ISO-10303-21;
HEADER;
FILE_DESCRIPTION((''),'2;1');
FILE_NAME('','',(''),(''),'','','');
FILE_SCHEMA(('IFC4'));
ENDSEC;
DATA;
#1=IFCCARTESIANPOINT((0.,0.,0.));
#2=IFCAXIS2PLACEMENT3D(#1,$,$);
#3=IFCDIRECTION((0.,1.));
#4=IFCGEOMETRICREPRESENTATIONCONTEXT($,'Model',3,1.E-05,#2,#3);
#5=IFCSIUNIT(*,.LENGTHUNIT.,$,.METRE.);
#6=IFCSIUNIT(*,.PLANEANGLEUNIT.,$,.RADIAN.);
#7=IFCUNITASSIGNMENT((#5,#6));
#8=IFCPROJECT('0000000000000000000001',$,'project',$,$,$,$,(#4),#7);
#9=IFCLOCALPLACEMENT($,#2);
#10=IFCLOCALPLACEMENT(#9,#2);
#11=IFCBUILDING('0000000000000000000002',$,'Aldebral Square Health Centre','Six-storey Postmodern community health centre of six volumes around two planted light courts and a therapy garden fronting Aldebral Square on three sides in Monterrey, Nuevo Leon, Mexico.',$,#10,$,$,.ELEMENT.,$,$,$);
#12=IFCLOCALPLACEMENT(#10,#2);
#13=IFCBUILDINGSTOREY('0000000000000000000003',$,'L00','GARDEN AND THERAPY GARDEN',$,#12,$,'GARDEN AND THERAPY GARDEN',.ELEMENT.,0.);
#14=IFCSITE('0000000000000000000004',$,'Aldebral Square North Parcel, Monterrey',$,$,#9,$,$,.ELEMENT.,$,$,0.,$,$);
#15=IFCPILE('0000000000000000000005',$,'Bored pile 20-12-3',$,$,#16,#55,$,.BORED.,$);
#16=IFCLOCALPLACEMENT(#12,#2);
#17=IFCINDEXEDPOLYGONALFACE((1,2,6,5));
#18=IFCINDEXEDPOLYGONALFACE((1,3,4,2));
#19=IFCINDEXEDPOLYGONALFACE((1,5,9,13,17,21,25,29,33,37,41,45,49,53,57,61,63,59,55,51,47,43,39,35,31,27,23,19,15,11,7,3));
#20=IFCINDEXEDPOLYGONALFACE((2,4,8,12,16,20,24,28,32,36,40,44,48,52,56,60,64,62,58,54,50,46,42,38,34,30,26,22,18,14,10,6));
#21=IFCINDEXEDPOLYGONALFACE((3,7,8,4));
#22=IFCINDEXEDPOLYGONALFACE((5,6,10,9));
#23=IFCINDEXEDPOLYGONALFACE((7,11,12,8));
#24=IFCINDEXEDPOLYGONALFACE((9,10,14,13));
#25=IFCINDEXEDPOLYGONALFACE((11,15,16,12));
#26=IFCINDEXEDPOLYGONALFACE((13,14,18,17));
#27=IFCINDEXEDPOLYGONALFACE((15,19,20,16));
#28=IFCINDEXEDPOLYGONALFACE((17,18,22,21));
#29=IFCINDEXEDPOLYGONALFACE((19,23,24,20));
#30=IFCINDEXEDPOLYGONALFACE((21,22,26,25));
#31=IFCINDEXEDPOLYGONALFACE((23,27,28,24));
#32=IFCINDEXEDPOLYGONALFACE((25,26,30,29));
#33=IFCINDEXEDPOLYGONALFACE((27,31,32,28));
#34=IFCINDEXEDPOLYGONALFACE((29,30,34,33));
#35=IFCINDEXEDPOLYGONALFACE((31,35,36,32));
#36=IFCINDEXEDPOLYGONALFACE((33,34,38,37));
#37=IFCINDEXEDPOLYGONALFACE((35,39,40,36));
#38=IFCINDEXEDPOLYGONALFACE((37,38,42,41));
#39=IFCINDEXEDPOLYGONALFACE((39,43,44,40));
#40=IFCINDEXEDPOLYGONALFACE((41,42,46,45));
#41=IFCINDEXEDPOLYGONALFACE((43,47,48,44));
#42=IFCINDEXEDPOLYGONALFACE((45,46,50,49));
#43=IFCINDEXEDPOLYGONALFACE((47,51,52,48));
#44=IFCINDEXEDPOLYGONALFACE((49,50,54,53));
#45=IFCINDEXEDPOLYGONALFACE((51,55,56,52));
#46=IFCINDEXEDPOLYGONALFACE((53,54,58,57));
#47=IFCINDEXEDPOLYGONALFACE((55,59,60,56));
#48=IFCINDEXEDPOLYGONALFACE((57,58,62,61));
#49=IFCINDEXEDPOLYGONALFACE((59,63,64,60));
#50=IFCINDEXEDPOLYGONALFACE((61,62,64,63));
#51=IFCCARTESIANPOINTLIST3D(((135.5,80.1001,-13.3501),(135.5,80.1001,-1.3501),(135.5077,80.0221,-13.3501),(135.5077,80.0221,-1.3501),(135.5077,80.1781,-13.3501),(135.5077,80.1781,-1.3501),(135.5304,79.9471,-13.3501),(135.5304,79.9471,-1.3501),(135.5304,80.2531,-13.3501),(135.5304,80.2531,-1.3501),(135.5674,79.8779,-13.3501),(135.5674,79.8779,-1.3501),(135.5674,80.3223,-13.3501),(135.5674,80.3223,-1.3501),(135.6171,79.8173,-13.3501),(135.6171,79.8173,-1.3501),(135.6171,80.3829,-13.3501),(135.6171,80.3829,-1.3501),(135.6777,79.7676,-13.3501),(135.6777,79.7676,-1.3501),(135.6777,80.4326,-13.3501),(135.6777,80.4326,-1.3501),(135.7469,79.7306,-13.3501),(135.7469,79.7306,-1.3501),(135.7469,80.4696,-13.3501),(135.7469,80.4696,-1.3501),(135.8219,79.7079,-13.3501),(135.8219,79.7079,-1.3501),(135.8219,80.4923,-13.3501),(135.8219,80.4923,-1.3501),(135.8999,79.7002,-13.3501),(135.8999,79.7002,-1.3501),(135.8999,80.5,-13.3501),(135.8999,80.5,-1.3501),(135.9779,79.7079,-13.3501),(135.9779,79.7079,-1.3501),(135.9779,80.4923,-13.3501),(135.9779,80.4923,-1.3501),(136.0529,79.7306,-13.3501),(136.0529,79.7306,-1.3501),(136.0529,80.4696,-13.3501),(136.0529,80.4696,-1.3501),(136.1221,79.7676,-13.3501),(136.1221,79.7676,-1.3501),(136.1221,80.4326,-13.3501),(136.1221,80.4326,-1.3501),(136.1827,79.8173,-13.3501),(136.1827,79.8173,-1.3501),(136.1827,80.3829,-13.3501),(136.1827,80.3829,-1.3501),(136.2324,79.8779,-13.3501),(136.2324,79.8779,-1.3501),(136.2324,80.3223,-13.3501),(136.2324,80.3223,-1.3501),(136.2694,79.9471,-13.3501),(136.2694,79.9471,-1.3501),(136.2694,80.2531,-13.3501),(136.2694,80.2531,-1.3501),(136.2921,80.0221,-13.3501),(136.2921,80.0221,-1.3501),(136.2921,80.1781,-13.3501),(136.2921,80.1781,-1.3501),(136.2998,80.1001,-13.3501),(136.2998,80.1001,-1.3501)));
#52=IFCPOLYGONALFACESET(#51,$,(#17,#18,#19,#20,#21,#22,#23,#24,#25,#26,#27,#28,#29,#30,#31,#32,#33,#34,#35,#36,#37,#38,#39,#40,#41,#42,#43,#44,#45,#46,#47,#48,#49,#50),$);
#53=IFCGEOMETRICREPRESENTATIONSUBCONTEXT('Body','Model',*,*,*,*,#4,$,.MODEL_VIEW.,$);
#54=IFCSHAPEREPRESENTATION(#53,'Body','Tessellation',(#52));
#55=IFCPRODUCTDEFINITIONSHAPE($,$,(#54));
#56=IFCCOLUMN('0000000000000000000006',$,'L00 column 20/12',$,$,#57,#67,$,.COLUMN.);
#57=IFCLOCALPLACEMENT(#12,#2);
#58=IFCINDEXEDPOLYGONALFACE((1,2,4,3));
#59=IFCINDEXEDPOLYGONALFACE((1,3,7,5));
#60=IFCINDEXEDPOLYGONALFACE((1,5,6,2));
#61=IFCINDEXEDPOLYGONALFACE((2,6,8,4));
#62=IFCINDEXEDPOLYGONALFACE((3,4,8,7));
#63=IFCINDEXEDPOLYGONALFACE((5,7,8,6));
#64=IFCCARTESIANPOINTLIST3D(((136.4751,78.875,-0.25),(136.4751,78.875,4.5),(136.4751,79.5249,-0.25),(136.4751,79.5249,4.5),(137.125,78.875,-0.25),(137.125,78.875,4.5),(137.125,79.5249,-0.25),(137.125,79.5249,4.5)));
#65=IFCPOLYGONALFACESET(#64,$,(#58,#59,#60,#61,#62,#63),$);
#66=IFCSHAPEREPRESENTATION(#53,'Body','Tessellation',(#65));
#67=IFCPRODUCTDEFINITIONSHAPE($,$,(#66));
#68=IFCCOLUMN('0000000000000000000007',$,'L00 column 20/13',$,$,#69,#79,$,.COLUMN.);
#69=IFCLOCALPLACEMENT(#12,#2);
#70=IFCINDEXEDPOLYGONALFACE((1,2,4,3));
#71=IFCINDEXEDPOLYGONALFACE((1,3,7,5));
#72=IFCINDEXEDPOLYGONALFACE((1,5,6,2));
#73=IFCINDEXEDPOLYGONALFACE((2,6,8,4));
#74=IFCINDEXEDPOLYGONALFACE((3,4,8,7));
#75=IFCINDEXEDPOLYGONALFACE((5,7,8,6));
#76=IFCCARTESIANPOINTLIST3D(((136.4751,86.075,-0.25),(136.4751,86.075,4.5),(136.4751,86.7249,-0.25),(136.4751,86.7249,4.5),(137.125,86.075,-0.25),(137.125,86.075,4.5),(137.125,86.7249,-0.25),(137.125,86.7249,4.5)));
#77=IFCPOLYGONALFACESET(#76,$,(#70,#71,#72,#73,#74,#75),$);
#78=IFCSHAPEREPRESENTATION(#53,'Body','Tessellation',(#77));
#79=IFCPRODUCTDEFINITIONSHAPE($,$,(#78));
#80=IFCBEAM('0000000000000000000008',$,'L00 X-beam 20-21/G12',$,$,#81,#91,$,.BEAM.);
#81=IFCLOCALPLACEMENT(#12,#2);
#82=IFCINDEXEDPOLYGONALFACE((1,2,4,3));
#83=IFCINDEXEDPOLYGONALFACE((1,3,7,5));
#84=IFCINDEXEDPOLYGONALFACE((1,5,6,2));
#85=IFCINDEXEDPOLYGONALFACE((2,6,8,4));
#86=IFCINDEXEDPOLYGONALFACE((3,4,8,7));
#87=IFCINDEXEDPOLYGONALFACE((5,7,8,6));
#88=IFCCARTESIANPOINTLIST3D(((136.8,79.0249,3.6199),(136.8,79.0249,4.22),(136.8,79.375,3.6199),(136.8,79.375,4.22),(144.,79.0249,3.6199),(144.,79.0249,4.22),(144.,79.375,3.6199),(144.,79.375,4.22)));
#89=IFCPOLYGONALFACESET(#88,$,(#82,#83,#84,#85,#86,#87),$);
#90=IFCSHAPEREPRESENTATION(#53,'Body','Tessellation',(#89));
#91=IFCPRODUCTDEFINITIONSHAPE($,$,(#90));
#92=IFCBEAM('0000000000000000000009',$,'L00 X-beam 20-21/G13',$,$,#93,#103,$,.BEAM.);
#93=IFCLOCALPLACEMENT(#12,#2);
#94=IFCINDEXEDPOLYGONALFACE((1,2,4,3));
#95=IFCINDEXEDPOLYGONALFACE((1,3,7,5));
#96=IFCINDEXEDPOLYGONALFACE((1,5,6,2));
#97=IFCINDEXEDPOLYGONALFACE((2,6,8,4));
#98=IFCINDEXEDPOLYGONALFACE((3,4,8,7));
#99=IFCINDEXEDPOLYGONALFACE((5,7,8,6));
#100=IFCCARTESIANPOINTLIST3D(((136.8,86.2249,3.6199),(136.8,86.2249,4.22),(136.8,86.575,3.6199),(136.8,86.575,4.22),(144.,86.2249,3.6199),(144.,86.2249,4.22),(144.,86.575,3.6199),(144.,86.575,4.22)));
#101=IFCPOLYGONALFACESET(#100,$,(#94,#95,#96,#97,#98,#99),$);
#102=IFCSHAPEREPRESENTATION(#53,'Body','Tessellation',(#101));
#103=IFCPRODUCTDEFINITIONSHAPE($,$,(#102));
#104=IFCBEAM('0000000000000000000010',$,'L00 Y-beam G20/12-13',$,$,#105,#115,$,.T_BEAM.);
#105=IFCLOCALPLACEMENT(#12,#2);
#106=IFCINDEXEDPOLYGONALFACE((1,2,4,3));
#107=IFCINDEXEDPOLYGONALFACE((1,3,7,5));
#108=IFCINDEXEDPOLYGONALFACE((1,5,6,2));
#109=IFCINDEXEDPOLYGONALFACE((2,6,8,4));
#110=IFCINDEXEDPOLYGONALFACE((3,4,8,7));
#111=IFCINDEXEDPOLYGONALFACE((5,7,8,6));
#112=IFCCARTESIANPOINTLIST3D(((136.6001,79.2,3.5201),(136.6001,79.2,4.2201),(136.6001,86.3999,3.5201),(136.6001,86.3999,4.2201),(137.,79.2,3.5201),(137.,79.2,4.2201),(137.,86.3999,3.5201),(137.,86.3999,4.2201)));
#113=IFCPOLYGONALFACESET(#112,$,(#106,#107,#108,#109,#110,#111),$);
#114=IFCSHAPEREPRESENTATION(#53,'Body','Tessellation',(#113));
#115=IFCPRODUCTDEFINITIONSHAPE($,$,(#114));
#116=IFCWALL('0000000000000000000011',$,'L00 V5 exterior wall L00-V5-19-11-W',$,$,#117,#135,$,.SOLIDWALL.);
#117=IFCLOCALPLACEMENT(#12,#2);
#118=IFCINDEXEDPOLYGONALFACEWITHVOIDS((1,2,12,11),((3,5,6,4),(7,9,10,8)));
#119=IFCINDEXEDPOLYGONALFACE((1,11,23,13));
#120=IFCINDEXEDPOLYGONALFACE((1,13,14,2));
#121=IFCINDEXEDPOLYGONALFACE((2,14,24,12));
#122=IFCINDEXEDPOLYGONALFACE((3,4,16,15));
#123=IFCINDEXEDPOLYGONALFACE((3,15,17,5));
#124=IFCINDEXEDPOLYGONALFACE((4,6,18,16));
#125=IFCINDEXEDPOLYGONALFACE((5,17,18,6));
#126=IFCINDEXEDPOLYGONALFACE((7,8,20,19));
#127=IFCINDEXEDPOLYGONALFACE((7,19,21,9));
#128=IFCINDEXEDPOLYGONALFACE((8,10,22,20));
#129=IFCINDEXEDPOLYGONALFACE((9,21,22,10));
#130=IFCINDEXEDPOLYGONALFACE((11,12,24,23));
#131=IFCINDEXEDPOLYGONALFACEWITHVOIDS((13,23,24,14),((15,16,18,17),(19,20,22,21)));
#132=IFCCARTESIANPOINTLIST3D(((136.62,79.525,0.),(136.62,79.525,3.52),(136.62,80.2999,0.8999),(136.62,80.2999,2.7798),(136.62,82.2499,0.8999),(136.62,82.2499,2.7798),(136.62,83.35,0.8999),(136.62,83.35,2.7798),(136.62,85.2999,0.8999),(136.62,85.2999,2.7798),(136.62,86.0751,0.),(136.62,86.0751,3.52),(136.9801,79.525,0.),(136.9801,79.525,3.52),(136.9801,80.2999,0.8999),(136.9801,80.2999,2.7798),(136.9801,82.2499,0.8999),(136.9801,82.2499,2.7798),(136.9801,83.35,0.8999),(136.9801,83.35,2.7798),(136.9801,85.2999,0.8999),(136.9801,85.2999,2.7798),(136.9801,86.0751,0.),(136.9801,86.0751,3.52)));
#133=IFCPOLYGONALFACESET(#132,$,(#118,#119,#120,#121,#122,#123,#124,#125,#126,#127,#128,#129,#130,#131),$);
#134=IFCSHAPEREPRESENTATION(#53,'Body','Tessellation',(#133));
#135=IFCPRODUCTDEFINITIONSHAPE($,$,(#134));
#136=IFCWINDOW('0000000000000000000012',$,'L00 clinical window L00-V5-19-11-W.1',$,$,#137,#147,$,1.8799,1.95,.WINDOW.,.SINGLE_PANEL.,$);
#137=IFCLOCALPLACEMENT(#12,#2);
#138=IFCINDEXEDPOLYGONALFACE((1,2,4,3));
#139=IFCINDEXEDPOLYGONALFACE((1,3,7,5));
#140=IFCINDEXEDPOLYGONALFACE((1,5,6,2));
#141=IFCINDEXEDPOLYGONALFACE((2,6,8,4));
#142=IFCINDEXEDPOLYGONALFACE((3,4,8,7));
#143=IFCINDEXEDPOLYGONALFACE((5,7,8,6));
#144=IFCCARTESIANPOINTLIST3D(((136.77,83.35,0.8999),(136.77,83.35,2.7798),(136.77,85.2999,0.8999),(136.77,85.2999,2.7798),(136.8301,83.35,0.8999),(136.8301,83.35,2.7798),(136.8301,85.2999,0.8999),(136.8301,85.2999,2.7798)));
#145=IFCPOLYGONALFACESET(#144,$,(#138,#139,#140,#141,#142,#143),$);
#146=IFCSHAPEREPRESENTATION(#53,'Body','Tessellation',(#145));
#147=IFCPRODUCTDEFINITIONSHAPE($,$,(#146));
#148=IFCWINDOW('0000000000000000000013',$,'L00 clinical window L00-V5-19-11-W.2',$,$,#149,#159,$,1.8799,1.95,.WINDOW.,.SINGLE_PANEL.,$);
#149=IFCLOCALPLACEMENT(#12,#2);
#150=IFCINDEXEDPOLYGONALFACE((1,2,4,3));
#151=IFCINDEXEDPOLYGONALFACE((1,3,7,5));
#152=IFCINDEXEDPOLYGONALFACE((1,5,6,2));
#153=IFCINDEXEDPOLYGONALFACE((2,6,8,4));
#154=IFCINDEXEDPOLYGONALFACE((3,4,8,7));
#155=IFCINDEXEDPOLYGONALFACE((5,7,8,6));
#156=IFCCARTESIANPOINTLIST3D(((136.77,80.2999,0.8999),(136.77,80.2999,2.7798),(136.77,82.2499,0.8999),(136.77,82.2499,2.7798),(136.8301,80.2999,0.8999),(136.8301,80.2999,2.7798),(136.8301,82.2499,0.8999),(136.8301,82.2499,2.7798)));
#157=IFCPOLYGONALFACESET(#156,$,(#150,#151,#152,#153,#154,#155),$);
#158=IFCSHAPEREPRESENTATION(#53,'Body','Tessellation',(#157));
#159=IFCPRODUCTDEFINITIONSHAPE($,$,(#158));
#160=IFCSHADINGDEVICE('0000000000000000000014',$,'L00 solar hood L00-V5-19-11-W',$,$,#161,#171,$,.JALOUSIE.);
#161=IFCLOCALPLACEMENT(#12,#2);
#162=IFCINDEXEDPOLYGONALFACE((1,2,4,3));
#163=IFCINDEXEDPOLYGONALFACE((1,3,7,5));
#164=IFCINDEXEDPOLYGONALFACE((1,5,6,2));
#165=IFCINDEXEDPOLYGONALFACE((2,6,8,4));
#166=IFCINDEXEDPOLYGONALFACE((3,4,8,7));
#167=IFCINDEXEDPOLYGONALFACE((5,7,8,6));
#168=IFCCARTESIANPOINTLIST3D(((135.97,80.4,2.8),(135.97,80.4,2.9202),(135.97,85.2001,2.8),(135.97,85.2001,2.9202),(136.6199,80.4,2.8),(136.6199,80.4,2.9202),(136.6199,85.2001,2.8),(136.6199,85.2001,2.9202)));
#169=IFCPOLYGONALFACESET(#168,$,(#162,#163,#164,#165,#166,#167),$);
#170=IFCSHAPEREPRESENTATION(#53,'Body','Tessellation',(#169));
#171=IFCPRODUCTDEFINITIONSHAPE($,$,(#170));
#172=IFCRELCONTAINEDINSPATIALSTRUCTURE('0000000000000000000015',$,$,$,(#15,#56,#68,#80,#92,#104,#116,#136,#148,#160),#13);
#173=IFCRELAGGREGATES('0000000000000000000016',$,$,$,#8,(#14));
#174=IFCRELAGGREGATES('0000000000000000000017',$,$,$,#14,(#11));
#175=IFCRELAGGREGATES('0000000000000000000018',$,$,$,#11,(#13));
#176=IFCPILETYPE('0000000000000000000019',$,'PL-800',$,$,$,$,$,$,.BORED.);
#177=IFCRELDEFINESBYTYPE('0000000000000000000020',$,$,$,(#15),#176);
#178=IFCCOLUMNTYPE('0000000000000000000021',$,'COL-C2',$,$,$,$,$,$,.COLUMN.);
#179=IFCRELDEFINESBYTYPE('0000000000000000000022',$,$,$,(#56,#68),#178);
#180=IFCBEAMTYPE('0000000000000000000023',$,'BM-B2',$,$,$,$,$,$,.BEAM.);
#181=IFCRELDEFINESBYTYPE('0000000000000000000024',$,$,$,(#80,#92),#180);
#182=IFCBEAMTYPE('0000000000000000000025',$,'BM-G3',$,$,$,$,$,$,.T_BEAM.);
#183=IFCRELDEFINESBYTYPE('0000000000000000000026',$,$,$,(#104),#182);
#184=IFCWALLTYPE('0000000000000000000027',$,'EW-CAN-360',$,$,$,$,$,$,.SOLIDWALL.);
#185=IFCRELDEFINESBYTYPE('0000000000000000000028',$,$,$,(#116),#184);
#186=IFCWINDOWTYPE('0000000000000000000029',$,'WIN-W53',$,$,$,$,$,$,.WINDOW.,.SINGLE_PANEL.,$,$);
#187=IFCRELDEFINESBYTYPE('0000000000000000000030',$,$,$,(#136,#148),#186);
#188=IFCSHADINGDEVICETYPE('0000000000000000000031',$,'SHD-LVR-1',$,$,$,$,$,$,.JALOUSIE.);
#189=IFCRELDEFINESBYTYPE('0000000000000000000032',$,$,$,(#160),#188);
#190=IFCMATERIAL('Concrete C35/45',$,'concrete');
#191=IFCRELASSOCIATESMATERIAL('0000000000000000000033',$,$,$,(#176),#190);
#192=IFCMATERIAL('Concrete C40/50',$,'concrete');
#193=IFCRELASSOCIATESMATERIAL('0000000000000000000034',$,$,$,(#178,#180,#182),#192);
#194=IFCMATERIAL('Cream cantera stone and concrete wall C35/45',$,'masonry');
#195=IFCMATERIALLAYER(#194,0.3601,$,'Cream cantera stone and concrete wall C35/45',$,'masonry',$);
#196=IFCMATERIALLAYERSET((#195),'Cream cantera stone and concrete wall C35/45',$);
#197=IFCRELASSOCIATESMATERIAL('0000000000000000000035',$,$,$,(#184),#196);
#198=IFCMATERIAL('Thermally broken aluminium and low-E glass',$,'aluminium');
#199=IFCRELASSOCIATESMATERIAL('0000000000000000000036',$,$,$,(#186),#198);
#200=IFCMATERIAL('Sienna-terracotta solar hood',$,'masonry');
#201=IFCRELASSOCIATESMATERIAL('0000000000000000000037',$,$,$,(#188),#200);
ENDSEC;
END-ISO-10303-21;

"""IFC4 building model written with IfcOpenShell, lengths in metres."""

from ifc_helpers import new_model, si_unit, direction, frame, frame_2d, origin, origin_2d, place, context, subcontext, project, spatial, rectangle, circle, extrude, material, layer, layer_set, material_profile, profile_set, type_object, element, fill, save


model = new_model("IFC4")

# Units and contexts
model_context = context("Model", 3, precision=1e-05, world=origin(), true_north=direction((0.0, 1.0)))
body_context = subcontext(model_context, "Body", "Model", "MODEL_VIEW")
ifc_project = project(units=[si_unit("LENGTHUNIT", "METRE"), si_unit("PLANEANGLEUNIT", "RADIAN")], contexts=[model_context])

# Site, building, storey
site_placement = place(None, origin())
site = spatial("IfcSite", under=ifc_project, at=site_placement, Name="Aldebral Square North Parcel, Monterrey", CompositionType="ELEMENT", RefElevation=0.0)
building_placement = place(site_placement, origin())
building = spatial("IfcBuilding", under=site, at=building_placement, Name="Aldebral Square Health Centre", Description="Six-storey Postmodern community health centre of six volumes around two planted light courts and a therapy garden fronting Aldebral Square on three sides in Monterrey, Nuevo Leon, Mexico.", CompositionType="ELEMENT")
storey_placement = place(building_placement, origin())
storey = spatial("IfcBuildingStorey", under=building, at=storey_placement, Name="L00", Description="GARDEN AND THERAPY GARDEN", LongName="GARDEN AND THERAPY GARDEN", CompositionType="ELEMENT", Elevation=0.0)

# Shared definitions
ifc_material_1 = material(Name="Concrete C35/45", Category="concrete")

# Pile
ifc_material_profile_1 = material_profile(ifc_material_1, circle(Radius=0.3999, at=origin_2d()), Name="PILE D800")
ifc_profile_set_1 = profile_set([ifc_material_profile_1], Name="Concrete C35/45")
pile_type_1 = type_object("IfcPileType", Name="PL-800", PredefinedType="BORED", material=ifc_profile_set_1)
pile_1_placement = place(storey_placement, frame((135.8999, 80.1001, -1.3501), z_axis=(0.0, 0.0, -1.0), x_axis=(1.0, 0.0, 0.0)))
element("IfcPile", 1, at=pile_1_placement, inside=storey, type_object=pile_type_1, Name="Bored pile 20-12-3", PredefinedType="BORED", context=body_context, shape_type="SweptSolid", body=[
    extrude(circle(Radius=0.3999, at=origin_2d()), origin(), (0.0, 0.0, 1.0), 12.0),
])

# Columns
ifc_material_2 = material(Name="Concrete C40/50", Category="concrete")
ifc_material_profile_2 = material_profile(ifc_material_2, rectangle(XDim=0.6499, YDim=0.6499, at=origin_2d()), Name="RC 650x650")
ifc_profile_set_2 = profile_set([ifc_material_profile_2], Name="Concrete C40/50")
column_type = type_object("IfcColumnType", Name="COL-C2", PredefinedType="COLUMN", material=ifc_profile_set_2)
for number, where, z_axis, x_axis, name in (
    (2, (136.8, 79.2, -0.25), (0.0, 0.0, 1.0), (1.0, 0.0, 0.0), "L00 column 20/12"),
    (3, (136.8, 86.3999, -0.25), (0.0, 0.0, 1.0), (1.0, 0.0, 0.0), "L00 column 20/13"),
):
    element("IfcColumn", number, at=place(storey_placement, frame(where, z_axis=z_axis, x_axis=x_axis)), inside=storey, type_object=column_type, Name=name, PredefinedType="COLUMN", context=body_context, shape_type="SweptSolid", body=[
        extrude(rectangle(XDim=0.6499, YDim=0.6499, at=origin_2d()), origin(), (0.0, 0.0, 1.0), 4.75),
    ])

# Beams
ifc_material_profile_3 = material_profile(ifc_material_2, rectangle(XDim=0.3501, YDim=0.6001, at=origin_2d()), Name="RC 350x600")
ifc_profile_set_3 = profile_set([ifc_material_profile_3], Name="Concrete C40/50")
beam_type_1 = type_object("IfcBeamType", Name="BM-B2", PredefinedType="BEAM", material=ifc_profile_set_3)
for number, where, z_axis, x_axis, name in (
    (4, (136.8, 79.2, 3.9199), (1.0, 0.0, 0.0), (0.0, 1.0, 0.0), "L00 X-beam 20-21/G12"),
    (5, (136.8, 86.3999, 3.9199), (1.0, 0.0, 0.0), (0.0, 1.0, 0.0), "L00 X-beam 20-21/G13"),
):
    element("IfcBeam", number, at=place(storey_placement, frame(where, z_axis=z_axis, x_axis=x_axis)), inside=storey, type_object=beam_type_1, Name=name, PredefinedType="BEAM", context=body_context, shape_type="SweptSolid", body=[
        extrude(rectangle(XDim=0.3501, YDim=0.6001, at=origin_2d()), origin(), (0.0, 0.0, 1.0), 7.2),
    ])
ifc_material_profile_4 = material_profile(ifc_material_2, rectangle(XDim=0.3999, YDim=0.7, at=origin_2d()), Name="RC 400x700")
ifc_profile_set_4 = profile_set([ifc_material_profile_4], Name="Concrete C40/50")
beam_type_2 = type_object("IfcBeamType", Name="BM-G3", PredefinedType="T_BEAM", material=ifc_profile_set_4)
beam_placement = place(storey_placement, frame((136.8, 79.2, 3.8701), z_axis=(0.0, 1.0, 0.0), x_axis=(-1.0, 0.0, 0.0)))
element("IfcBeam", 6, at=beam_placement, inside=storey, type_object=beam_type_2, Name="L00 Y-beam G20/12-13", PredefinedType="T_BEAM", context=body_context, shape_type="SweptSolid", body=[
    extrude(rectangle(XDim=0.3999, YDim=0.7, at=origin_2d()), origin(), (0.0, 0.0, 1.0), 7.2),
])

# Wall, openings, windows
ifc_material_3 = material(Name="Cream cantera stone and concrete wall C35/45", Category="masonry")
ifc_layer_1 = layer(ifc_material_3, 0.3601, Name="Cream cantera stone and concrete wall C35/45", Category="masonry")
ifc_layer_set_1 = layer_set([ifc_layer_1], Name="Cream cantera stone and concrete wall C35/45")
wall_type = type_object("IfcWallType", Name="EW-CAN-360", PredefinedType="SOLIDWALL", material=ifc_layer_set_1)
wall_placement = place(storey_placement, frame((136.8, 86.075, 0.0), z_axis=(0.0, 0.0, 1.0), x_axis=(0.0, -1.0, 0.0)))
wall = element("IfcWall", 7, at=wall_placement, inside=storey, type_object=wall_type, Name="L00 V5 exterior wall L00-V5-19-11-W", PredefinedType="SOLIDWALL", context=body_context, shape_type="SweptSolid", body=[
    extrude(rectangle(XDim=6.55, YDim=0.3601, at=frame_2d((3.2749, 0.0))), origin(), (0.0, 0.0, 1.0), 3.52),
])
opening_1_placement = place(wall_placement, frame((0.7749, 0.0, 0.8999)))
opening_1 = element("IfcOpeningElement", 8, at=opening_1_placement, cuts=wall, PredefinedType="OPENING", context=body_context, shape_type="SweptSolid", body=[
    extrude(rectangle(XDim=1.95, YDim=1.8799, at=frame_2d((0.9751, 0.9399))), frame((0.0, 0.1899, 0.0), z_axis=(0.0, -1.0, 0.0), x_axis=(1.0, 0.0, 0.0)), (0.0, 0.0, 1.0), 0.3801),
])
opening_2_placement = place(wall_placement, frame((3.825, 0.0, 0.8999)))
opening_2 = element("IfcOpeningElement", 9, at=opening_2_placement, cuts=wall, PredefinedType="OPENING", context=body_context, shape_type="SweptSolid", body=[
    extrude(rectangle(XDim=1.95, YDim=1.8799, at=frame_2d((0.9751, 0.9399))), frame((0.0, 0.1899, 0.0), z_axis=(0.0, -1.0, 0.0), x_axis=(1.0, 0.0, 0.0)), (0.0, 0.0, 1.0), 0.3801),
])
ifc_material_4 = material(Name="Thermally broken aluminium and low-E glass", Category="aluminium")
window_type = type_object("IfcWindowType", Name="WIN-W53", PartitioningType="SINGLE_PANEL", PredefinedType="WINDOW", material=ifc_material_4)
window_1_placement = place(opening_1_placement, origin())
window_1 = element("IfcWindow", 10, at=window_1_placement, inside=storey, type_object=window_type, Name="L00 clinical window L00-V5-19-11-W.1", OverallHeight=1.8799, OverallWidth=1.95, PartitioningType="SINGLE_PANEL", PredefinedType="WINDOW", context=body_context, shape_type="SweptSolid", body=[
    extrude(rectangle(XDim=1.95, YDim=1.8799, at=frame_2d((0.9751, 0.9399))), frame((0.0, 0.03, 0.0), z_axis=(0.0, -1.0, 0.0), x_axis=(1.0, 0.0, 0.0)), (0.0, 0.0, 1.0), 0.0601),
])
fill(opening_1, window_1)
window_2_placement = place(opening_2_placement, origin())
window_2 = element("IfcWindow", 11, at=window_2_placement, inside=storey, type_object=window_type, Name="L00 clinical window L00-V5-19-11-W.2", OverallHeight=1.8799, OverallWidth=1.95, PartitioningType="SINGLE_PANEL", PredefinedType="WINDOW", context=body_context, shape_type="SweptSolid", body=[
    extrude(rectangle(XDim=1.95, YDim=1.8799, at=frame_2d((0.9751, 0.9399))), frame((0.0, 0.03, 0.0), z_axis=(0.0, -1.0, 0.0), x_axis=(1.0, 0.0, 0.0)), (0.0, 0.0, 1.0), 0.0601),
])
fill(opening_2, window_2)

# Shading device
ifc_material_5 = material(Name="Sienna-terracotta solar hood", Category="masonry")
shading_device_type = type_object("IfcShadingDeviceType", Name="SHD-LVR-1", PredefinedType="JALOUSIE", material=ifc_material_5)
shading_device_placement = place(storey_placement, frame((136.2949, 82.8, 2.8), z_axis=(0.0, 0.0, 1.0), x_axis=(0.0, 1.0, 0.0)))
element("IfcShadingDevice", 12, at=shading_device_placement, inside=storey, type_object=shading_device_type, Name="L00 solar hood L00-V5-19-11-W", PredefinedType="JALOUSIE", context=body_context, shape_type="SweptSolid", body=[
    extrude(rectangle(XDim=4.8, YDim=0.6499, at=origin_2d()), origin(), (0.0, 0.0, 1.0), 0.1201),
])

save(model, "model.ifc")
